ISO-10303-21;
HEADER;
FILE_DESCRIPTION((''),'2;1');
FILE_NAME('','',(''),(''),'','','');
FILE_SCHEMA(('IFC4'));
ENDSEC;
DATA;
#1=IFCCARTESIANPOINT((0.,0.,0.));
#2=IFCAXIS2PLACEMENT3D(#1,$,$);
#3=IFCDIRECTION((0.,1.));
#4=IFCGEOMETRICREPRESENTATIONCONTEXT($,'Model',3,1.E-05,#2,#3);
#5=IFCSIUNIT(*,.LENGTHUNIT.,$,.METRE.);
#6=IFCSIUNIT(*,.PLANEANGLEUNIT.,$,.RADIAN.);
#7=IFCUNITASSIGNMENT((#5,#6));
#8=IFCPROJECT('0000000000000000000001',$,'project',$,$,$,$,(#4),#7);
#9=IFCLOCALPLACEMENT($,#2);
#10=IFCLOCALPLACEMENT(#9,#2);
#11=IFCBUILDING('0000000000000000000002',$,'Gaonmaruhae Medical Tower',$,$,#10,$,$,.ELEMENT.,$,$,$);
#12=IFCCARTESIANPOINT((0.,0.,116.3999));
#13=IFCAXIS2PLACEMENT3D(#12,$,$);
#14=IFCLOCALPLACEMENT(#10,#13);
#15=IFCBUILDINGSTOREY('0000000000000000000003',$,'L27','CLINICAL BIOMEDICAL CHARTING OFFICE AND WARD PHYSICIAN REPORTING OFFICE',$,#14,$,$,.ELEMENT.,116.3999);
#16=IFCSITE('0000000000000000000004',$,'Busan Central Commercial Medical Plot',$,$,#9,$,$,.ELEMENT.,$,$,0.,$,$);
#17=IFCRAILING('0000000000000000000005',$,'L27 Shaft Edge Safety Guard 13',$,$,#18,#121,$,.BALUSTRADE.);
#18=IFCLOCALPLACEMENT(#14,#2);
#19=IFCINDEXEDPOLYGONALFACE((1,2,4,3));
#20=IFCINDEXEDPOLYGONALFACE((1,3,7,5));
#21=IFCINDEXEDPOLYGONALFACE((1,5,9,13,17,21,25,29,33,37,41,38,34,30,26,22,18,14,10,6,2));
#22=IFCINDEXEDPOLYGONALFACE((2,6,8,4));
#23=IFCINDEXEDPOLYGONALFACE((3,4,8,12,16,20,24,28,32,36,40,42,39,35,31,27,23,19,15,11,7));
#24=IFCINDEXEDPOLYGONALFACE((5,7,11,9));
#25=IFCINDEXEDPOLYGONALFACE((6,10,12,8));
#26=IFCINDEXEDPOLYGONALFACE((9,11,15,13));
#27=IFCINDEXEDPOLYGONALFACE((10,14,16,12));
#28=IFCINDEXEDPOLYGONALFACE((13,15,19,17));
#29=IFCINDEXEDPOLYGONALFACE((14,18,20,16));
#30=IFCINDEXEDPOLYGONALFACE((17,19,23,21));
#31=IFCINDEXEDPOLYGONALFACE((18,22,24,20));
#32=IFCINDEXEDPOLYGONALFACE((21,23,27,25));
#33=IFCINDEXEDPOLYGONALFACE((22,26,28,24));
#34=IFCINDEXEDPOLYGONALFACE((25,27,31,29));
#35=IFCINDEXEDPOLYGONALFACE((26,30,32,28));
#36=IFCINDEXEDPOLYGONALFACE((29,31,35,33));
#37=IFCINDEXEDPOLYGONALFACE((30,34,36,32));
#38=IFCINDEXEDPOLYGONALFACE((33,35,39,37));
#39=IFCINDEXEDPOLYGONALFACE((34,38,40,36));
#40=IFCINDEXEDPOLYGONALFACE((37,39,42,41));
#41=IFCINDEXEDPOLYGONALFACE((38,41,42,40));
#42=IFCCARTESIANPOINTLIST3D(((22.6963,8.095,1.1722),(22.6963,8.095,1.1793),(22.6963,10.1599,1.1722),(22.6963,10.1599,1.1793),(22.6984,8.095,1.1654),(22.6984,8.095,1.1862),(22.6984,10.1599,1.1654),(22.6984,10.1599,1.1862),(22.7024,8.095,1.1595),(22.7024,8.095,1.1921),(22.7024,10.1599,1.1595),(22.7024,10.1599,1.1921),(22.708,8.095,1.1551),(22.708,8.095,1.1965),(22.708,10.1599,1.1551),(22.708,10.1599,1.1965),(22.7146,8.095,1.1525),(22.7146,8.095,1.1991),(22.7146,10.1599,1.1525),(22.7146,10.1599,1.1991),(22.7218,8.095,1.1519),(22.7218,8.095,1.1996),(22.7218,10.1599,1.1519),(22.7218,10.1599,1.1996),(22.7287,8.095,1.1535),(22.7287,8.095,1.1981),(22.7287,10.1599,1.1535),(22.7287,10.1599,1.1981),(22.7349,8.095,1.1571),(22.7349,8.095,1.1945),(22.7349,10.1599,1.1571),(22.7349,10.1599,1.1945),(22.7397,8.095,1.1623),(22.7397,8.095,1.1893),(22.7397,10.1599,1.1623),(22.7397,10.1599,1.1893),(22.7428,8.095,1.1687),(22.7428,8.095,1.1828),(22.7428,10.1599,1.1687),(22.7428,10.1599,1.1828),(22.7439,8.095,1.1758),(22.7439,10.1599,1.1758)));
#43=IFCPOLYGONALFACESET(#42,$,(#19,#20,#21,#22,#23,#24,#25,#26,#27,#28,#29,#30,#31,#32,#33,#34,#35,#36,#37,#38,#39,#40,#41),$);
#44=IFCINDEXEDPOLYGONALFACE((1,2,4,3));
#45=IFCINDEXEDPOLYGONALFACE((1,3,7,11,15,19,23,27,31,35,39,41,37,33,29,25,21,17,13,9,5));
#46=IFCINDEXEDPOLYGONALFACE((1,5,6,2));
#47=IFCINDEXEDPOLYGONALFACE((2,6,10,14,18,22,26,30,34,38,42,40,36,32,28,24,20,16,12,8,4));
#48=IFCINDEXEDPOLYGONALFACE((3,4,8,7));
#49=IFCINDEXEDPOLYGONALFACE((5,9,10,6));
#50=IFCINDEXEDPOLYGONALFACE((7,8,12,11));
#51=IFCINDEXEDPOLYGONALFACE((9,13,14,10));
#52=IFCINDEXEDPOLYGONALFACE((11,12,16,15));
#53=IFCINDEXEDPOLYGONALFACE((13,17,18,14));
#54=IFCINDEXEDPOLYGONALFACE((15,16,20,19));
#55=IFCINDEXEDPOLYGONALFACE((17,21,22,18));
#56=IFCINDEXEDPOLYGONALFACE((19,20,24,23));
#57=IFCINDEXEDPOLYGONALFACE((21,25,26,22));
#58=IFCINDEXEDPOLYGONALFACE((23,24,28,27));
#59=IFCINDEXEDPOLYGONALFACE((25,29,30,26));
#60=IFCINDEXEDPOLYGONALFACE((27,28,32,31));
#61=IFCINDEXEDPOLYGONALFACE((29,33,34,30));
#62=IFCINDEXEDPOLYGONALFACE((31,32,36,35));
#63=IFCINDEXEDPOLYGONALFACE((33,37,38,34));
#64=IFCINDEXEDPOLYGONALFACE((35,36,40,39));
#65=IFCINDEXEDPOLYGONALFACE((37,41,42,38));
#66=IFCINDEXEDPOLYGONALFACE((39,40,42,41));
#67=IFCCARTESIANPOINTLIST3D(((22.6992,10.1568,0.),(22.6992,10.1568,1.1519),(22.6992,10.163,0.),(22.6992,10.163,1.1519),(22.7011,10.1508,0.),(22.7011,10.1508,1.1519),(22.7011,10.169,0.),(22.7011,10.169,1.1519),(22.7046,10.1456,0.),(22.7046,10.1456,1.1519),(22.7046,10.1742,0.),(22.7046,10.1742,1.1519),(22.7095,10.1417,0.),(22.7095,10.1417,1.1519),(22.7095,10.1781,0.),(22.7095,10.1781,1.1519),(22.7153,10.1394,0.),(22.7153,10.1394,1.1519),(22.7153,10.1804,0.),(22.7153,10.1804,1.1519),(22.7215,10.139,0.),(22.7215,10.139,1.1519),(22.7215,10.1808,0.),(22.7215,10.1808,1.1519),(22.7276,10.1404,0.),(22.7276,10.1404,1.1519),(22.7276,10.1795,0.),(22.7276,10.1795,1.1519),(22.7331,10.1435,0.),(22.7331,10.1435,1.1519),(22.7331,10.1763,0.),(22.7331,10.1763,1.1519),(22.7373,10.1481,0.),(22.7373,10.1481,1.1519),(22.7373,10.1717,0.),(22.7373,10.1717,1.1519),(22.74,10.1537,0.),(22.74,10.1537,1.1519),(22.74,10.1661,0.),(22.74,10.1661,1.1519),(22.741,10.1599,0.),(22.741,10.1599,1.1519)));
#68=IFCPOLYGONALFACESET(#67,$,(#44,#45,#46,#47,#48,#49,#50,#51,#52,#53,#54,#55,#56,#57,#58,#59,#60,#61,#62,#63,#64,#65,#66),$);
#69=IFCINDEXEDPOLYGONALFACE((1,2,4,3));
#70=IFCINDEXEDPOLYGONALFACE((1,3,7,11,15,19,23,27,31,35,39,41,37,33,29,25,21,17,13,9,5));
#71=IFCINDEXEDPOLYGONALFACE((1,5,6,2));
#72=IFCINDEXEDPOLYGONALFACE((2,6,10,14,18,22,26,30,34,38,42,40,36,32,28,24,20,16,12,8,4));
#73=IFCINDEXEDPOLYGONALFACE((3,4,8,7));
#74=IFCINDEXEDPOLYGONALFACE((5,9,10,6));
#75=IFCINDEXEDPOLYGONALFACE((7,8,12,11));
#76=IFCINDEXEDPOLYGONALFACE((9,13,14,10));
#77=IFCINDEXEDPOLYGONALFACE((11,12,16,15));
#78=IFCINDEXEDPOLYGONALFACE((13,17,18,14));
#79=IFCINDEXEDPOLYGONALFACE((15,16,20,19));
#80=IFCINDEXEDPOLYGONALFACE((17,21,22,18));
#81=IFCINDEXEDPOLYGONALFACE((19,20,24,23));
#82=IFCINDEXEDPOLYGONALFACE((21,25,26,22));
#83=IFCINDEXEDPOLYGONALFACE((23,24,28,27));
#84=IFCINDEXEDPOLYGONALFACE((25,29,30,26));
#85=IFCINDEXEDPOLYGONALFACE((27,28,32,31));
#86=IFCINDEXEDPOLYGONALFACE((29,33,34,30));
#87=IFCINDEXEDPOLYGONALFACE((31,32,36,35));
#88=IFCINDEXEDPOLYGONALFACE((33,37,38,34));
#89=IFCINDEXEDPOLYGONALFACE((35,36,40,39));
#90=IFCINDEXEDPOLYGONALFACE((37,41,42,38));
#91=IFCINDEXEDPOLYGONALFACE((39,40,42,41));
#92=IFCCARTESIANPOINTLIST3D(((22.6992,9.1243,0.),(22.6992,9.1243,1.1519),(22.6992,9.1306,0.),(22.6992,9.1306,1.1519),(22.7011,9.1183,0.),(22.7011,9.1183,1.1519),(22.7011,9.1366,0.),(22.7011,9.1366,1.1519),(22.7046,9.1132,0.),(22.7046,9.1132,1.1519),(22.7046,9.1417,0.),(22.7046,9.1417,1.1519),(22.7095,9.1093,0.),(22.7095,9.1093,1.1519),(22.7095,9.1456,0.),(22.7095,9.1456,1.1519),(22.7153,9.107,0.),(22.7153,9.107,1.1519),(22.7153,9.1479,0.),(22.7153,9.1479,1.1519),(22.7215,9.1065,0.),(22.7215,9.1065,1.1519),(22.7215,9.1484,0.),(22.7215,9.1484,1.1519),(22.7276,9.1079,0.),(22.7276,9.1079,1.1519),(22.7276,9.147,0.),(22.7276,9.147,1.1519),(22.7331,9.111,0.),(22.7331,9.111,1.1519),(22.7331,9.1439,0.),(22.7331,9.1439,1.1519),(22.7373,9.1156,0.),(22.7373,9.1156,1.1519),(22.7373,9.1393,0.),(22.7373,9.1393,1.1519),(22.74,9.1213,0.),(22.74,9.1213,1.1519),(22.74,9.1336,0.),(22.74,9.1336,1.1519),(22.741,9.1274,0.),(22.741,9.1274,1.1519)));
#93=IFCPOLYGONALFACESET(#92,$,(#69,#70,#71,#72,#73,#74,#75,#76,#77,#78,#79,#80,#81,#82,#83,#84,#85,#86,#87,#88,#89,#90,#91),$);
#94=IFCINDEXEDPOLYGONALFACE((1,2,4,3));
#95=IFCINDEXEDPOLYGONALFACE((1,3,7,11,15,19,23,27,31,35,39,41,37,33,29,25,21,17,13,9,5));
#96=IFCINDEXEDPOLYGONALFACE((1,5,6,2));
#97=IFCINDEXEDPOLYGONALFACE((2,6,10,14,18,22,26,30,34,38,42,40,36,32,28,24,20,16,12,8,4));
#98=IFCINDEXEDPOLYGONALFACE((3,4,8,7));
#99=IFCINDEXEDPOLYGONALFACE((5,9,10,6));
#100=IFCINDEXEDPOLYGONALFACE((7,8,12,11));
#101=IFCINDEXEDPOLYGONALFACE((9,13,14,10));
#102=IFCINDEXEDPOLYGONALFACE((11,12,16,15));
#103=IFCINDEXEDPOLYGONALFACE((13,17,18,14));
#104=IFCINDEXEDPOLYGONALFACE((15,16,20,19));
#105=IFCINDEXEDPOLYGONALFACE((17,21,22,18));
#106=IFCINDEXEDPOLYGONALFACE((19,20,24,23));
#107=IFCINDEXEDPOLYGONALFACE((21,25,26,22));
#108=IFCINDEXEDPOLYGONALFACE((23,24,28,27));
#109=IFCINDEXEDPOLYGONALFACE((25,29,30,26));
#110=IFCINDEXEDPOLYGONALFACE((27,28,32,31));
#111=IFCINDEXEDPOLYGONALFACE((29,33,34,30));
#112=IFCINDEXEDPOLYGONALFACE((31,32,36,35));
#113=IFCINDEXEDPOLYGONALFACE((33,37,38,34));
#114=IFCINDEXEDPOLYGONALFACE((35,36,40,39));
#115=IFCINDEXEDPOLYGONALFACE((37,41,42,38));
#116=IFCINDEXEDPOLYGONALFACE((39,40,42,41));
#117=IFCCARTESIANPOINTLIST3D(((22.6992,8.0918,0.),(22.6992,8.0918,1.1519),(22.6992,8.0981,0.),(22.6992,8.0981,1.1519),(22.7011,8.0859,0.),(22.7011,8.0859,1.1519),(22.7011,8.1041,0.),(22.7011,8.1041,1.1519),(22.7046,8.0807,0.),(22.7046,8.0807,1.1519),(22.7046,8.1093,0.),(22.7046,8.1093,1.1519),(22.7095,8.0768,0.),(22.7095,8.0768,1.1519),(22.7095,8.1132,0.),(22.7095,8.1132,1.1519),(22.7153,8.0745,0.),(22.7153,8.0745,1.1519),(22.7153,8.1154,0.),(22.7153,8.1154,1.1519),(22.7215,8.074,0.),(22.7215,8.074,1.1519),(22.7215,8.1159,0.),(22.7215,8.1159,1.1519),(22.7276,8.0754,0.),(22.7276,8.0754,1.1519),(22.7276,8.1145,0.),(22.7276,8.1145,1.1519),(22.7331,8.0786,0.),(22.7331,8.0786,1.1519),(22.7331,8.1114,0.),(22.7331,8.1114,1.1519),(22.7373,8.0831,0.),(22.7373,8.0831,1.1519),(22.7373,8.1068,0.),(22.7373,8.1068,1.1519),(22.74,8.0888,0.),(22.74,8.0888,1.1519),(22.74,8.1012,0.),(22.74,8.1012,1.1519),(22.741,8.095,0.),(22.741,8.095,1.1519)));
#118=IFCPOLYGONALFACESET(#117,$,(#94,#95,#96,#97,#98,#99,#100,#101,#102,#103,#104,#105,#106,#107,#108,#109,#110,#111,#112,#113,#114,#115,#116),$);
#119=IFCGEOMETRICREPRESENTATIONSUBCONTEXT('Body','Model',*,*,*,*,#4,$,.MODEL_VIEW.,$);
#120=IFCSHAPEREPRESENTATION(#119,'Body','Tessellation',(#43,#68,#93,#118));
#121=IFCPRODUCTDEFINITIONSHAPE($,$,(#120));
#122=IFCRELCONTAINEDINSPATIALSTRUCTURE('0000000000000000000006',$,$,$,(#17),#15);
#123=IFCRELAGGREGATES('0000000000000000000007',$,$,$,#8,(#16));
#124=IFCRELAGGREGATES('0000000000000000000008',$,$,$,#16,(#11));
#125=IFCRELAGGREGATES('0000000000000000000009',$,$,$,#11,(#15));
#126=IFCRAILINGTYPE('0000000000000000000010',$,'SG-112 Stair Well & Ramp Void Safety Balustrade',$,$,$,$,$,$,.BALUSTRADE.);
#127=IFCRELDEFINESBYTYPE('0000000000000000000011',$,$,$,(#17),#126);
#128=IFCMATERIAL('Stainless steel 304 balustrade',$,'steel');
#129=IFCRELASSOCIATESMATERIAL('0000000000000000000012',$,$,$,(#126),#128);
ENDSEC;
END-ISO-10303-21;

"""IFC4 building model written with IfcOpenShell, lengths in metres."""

from ifc_helpers import new_model, si_unit, direction, frame, origin, origin_2d, place, context, subcontext, project, spatial, circle, extrude, material, type_object, element, save


model = new_model("IFC4")

# Units and contexts
model_context = context("Model", 3, precision=1e-05, world=origin(), true_north=direction((0.0, 1.0)))
body_context = subcontext(model_context, "Body", "Model", "MODEL_VIEW")
ifc_project = project(units=[si_unit("LENGTHUNIT", "METRE"), si_unit("PLANEANGLEUNIT", "RADIAN")], contexts=[model_context])

# Site, building, storey
site_placement = place(None, origin())
site = spatial("IfcSite", under=ifc_project, at=site_placement, Name="Busan Central Commercial Medical Plot", CompositionType="ELEMENT", RefElevation=0.0)
building_placement = place(site_placement, origin())
building = spatial("IfcBuilding", under=site, at=building_placement, Name="Gaonmaruhae Medical Tower", CompositionType="ELEMENT")
storey_placement = place(building_placement, frame((0.0, 0.0, 116.3999)))
storey = spatial("IfcBuildingStorey", under=building, at=storey_placement, Name="L27", Description="CLINICAL BIOMEDICAL CHARTING OFFICE AND WARD PHYSICIAN REPORTING OFFICE", CompositionType="ELEMENT", Elevation=116.3999)

# Railing
ifc_material_1 = material(Name="Stainless steel 304 balustrade", Category="steel")
railing_type_1 = type_object("IfcRailingType", Name="SG-112 Stair Well & Ramp Void Safety Balustrade", PredefinedType="BALUSTRADE", material=ifc_material_1)
railing_1_placement = place(storey_placement, frame((22.72, 10.1599, 0.0)))
element("IfcRailing", 1, at=railing_1_placement, inside=storey, type_object=railing_type_1, Name="L27 Shaft Edge Safety Guard 13", PredefinedType="BALUSTRADE", context=body_context, shape_type="SweptSolid", body=[
    extrude(circle(Radius=0.0239, at=origin_2d()), frame((0.0, 0.0, 1.1758), z_axis=(0.0, -1.0, 0.0), x_axis=(1.0, 0.0, 0.0)), (0.0, 0.0, 1.0), 2.0649),
    extrude(circle(Radius=0.021, at=origin_2d()), origin(), (0.0, 0.0, 1.0), 1.1519),
    extrude(circle(Radius=0.021, at=origin_2d()), frame((0.0, -1.0325, 0.0)), (0.0, 0.0, 1.0), 1.1519),
    extrude(circle(Radius=0.021, at=origin_2d()), frame((0.0, -2.0649, 0.0)), (0.0, 0.0, 1.0), 1.1519),
])

save(model, "model.ifc")
